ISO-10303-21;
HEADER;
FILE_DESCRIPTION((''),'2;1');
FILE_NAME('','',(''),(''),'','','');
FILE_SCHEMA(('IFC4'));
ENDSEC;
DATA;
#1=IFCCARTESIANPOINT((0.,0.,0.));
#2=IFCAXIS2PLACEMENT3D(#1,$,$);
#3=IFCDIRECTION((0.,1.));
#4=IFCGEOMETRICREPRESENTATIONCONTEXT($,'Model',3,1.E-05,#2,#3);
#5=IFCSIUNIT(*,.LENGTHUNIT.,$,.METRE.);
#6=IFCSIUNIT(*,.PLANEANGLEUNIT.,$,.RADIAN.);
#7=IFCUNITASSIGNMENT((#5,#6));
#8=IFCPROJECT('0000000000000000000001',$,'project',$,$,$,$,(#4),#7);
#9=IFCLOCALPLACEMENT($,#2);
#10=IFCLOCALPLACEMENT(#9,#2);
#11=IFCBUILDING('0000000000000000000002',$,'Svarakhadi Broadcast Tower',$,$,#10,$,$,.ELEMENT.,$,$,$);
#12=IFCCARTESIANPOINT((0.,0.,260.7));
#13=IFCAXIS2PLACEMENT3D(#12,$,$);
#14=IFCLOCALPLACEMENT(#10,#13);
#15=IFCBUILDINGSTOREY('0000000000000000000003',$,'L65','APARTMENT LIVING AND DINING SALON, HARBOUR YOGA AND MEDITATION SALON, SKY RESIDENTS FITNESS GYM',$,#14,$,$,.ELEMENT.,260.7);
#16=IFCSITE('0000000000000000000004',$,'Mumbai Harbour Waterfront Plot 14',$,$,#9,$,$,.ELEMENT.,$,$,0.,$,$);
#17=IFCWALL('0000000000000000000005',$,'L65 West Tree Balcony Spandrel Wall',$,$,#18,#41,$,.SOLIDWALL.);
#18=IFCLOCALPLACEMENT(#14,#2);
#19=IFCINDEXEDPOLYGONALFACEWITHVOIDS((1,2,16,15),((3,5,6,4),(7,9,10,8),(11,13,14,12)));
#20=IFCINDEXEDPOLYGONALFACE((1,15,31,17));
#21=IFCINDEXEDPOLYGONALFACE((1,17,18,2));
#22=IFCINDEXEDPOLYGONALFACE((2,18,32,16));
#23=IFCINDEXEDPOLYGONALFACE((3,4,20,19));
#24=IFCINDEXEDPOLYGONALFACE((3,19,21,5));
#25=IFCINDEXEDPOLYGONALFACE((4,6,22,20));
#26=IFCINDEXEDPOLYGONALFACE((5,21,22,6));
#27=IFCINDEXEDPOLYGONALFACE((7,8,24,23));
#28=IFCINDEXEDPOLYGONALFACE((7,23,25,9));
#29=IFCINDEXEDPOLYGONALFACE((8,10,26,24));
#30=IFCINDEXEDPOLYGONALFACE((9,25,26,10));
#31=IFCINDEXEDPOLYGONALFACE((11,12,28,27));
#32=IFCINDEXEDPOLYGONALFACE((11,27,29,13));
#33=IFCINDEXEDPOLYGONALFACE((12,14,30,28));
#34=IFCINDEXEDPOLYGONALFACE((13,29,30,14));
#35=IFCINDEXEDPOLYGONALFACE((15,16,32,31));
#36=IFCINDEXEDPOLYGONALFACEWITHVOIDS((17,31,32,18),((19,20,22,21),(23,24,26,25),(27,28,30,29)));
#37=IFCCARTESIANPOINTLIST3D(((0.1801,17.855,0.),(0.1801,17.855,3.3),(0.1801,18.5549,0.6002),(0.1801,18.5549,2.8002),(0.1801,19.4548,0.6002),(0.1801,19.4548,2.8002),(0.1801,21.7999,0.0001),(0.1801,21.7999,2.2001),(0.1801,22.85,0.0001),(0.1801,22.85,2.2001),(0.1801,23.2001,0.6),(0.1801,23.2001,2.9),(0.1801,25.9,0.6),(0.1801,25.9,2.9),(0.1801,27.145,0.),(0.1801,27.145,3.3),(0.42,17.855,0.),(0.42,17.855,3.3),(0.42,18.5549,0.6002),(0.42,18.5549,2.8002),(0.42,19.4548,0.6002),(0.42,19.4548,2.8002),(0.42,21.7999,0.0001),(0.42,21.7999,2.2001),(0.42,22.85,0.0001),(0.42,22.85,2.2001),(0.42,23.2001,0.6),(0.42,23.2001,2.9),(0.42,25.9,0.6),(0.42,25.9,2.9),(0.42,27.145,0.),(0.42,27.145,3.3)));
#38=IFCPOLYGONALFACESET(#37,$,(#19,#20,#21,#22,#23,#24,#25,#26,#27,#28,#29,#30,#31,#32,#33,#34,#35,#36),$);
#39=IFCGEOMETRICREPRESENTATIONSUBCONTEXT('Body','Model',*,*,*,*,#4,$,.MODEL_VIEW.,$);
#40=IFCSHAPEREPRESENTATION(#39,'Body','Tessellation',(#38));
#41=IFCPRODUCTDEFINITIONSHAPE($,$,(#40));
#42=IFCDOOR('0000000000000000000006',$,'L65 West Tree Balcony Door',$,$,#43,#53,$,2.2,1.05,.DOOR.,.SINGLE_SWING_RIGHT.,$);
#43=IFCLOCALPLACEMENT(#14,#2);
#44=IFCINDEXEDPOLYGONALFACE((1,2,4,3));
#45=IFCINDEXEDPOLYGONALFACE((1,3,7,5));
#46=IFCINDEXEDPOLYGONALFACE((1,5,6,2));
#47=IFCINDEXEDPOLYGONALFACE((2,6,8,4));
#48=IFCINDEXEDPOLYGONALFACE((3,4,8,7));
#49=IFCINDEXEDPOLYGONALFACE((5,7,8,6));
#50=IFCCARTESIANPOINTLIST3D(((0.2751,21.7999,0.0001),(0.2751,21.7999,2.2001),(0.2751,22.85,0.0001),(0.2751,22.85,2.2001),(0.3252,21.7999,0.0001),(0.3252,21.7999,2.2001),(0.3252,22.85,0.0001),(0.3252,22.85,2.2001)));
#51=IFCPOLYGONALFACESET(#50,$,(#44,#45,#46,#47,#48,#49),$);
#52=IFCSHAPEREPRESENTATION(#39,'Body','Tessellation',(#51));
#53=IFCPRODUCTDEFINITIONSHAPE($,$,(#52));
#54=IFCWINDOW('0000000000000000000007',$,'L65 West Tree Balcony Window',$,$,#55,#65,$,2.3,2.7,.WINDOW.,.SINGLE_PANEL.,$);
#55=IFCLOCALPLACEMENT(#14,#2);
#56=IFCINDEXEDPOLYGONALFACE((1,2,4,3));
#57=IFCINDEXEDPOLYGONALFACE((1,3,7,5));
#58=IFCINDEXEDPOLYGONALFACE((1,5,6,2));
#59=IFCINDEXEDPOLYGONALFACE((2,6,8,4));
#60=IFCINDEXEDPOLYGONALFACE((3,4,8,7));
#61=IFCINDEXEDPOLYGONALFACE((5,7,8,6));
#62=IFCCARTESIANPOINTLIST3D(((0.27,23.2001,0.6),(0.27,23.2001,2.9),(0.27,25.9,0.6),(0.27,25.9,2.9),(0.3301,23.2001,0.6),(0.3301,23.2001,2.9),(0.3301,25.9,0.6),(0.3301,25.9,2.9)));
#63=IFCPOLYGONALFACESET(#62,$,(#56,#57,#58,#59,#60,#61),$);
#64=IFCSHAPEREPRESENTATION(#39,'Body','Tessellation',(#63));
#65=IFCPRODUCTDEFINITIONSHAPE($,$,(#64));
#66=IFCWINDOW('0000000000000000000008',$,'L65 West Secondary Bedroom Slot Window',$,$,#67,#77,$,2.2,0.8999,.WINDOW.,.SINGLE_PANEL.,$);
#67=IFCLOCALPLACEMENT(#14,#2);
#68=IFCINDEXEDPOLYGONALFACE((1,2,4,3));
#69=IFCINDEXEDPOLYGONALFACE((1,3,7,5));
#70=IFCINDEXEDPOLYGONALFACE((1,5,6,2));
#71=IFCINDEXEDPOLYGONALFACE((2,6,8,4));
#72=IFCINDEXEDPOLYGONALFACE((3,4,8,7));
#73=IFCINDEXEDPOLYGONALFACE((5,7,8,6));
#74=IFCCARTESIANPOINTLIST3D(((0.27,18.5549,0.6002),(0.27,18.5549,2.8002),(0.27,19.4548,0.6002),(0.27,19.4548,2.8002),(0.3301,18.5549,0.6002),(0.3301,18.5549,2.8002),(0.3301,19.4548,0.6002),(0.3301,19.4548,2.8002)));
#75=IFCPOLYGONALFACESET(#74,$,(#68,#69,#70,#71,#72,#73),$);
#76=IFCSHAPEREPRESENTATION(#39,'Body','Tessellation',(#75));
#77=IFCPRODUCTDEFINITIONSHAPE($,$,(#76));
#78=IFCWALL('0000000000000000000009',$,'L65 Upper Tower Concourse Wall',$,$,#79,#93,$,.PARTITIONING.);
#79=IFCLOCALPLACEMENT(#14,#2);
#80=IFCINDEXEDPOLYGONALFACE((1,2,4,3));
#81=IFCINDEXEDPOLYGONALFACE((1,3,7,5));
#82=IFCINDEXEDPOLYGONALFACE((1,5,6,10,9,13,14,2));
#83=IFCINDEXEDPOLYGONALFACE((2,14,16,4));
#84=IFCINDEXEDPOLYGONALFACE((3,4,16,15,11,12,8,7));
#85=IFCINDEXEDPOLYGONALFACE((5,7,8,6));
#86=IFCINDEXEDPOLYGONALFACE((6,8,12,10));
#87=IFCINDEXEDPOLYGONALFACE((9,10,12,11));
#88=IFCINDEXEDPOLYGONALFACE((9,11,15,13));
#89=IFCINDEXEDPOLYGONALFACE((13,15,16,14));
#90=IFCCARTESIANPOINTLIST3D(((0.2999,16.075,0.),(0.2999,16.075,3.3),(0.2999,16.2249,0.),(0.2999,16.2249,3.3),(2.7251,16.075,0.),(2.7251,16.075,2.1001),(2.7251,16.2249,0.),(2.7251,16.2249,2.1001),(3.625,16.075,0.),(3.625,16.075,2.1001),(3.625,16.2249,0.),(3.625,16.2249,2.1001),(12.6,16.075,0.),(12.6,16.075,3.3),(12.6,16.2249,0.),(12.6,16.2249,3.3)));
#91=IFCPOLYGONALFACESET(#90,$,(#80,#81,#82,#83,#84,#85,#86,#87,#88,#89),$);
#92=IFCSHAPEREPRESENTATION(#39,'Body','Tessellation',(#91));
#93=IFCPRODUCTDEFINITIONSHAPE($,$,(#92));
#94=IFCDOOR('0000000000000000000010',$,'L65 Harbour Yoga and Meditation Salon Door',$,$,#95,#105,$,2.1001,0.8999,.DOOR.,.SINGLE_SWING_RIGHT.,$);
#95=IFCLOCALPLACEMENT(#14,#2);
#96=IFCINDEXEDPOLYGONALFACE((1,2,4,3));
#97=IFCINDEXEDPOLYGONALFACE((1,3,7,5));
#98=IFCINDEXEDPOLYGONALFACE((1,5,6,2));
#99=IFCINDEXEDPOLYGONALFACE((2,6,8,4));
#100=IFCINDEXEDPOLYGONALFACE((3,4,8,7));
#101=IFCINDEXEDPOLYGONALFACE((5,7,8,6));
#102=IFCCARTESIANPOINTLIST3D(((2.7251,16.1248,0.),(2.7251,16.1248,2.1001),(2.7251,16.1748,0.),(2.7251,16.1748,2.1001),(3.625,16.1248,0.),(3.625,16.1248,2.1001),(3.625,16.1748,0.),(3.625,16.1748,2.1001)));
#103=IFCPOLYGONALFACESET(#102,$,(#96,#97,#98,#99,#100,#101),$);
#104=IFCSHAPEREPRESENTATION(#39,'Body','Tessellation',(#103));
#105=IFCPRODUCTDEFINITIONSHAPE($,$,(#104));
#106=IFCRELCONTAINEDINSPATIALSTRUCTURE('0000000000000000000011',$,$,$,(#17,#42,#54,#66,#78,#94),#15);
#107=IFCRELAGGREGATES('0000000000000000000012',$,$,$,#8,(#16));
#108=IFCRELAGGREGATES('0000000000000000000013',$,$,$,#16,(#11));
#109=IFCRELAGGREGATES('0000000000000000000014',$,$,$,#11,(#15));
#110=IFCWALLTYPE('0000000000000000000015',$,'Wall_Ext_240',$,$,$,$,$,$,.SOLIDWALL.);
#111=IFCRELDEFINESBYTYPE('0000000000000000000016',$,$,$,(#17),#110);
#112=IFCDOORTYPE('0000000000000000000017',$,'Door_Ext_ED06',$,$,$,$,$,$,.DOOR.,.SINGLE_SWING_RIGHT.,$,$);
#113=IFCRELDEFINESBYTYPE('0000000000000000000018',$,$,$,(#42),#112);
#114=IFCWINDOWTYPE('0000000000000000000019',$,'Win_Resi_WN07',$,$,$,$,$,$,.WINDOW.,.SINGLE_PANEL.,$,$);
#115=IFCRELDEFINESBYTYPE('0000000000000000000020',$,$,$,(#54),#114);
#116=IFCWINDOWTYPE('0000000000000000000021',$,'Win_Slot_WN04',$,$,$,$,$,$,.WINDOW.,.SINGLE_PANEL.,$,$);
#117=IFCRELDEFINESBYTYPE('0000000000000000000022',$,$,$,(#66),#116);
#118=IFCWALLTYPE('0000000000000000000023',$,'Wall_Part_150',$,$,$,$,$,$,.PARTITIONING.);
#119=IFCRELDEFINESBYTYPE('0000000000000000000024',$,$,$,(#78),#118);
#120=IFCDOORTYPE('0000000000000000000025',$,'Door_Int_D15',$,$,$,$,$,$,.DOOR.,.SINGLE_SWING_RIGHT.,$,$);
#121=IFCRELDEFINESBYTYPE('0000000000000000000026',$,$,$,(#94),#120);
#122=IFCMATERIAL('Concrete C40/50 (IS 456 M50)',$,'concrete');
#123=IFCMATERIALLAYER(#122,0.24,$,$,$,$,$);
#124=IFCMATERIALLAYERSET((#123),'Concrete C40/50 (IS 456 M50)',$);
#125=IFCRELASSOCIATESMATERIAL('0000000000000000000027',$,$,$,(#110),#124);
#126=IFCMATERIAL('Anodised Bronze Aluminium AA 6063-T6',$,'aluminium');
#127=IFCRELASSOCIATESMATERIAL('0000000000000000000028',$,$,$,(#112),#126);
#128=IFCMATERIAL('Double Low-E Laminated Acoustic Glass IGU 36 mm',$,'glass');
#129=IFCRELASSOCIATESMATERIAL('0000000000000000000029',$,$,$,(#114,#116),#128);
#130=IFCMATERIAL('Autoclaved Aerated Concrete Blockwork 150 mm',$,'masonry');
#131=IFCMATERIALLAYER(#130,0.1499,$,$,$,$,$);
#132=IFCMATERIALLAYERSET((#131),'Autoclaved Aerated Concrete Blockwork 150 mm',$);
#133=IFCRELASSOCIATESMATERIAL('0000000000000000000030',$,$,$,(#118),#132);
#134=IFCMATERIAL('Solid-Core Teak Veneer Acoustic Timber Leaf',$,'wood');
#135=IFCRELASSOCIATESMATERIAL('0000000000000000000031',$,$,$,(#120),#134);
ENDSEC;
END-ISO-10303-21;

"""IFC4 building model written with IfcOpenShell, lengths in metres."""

from ifc_helpers import new_model, si_unit, direction, frame, frame_2d, origin, place, context, subcontext, project, spatial, rectangle, extrude, material, layer, layer_set, type_object, element, fill, save


model = new_model("IFC4")

# Units and contexts
model_context = context("Model", 3, precision=1e-05, world=origin(), true_north=direction((0.0, 1.0)))
body_context = subcontext(model_context, "Body", "Model", "MODEL_VIEW")
ifc_project = project(units=[si_unit("LENGTHUNIT", "METRE"), si_unit("PLANEANGLEUNIT", "RADIAN")], contexts=[model_context])

# Site, building, storey
site_placement = place(None, origin())
site = spatial("IfcSite", under=ifc_project, at=site_placement, Name="Mumbai Harbour Waterfront Plot 14", CompositionType="ELEMENT", RefElevation=0.0)
building_placement = place(site_placement, origin())
building = spatial("IfcBuilding", under=site, at=building_placement, Name="Svarakhadi Broadcast Tower", CompositionType="ELEMENT")
storey_placement = place(building_placement, frame((0.0, 0.0, 260.7)))
storey = spatial("IfcBuildingStorey", under=building, at=storey_placement, Name="L65", Description="APARTMENT LIVING AND DINING SALON, HARBOUR YOGA AND MEDITATION SALON, SKY RESIDENTS FITNESS GYM", CompositionType="ELEMENT", Elevation=260.7)

# Shared definitions
ifc_material_1 = material(Name="Anodised Bronze Aluminium AA 6063-T6", Category="aluminium")

# Shared definitions
ifc_material_2 = material(Name="Double Low-E Laminated Acoustic Glass IGU 36 mm", Category="glass")

# Wall, openings, door, windows
ifc_material_3 = material(Name="Concrete C40/50 (IS 456 M50)", Category="concrete")
ifc_layer_1 = layer(ifc_material_3, 0.24)
ifc_layer_set_1 = layer_set([ifc_layer_1], Name="Concrete C40/50 (IS 456 M50)")
wall_type_1 = type_object("IfcWallType", Name="Wall_Ext_240", PredefinedType="SOLIDWALL", material=ifc_layer_set_1)
wall_1_placement = place(storey_placement, frame((0.3, 17.855, 0.0), z_axis=(0.0, 0.0, 1.0), x_axis=(0.0, 1.0, 0.0)))
wall_1 = element("IfcWall", 1, at=wall_1_placement, inside=storey, type_object=wall_type_1, Name="L65 West Tree Balcony Spandrel Wall", PredefinedType="SOLIDWALL", context=body_context, shape_type="SweptSolid", body=[
    extrude(rectangle(XDim=9.29, YDim=0.24, at=frame_2d((4.645, 0.0))), origin(), (0.0, 0.0, 1.0), 3.3),
])
opening_1_placement = place(wall_1_placement, frame((3.9451, 0.0, 0.0)))
opening_1 = element("IfcOpeningElement", 2, at=opening_1_placement, cuts=wall_1, PredefinedType="OPENING", context=body_context, shape_type="SweptSolid", body=[
    extrude(rectangle(XDim=1.05, YDim=2.2, at=frame_2d((0.5249, 1.1001))), frame((0.0, 0.1299, 0.0), z_axis=(0.0, -1.0, 0.0), x_axis=(1.0, 0.0, 0.0)), (0.0, 0.0, 1.0), 0.26),
])
opening_2_placement = place(wall_1_placement, frame((5.345, 0.0, 0.6001)))
opening_2 = element("IfcOpeningElement", 3, at=opening_2_placement, cuts=wall_1, PredefinedType="OPENING", context=body_context, shape_type="SweptSolid", body=[
    extrude(rectangle(XDim=2.7, YDim=2.3, at=frame_2d((1.3501, 1.1499))), frame((0.0, 0.1299, 0.0), z_axis=(0.0, -1.0, 0.0), x_axis=(1.0, 0.0, 0.0)), (0.0, 0.0, 1.0), 0.26),
])
opening_3_placement = place(wall_1_placement, frame((0.7, 0.0, 0.6001)))
opening_3 = element("IfcOpeningElement", 4, at=opening_3_placement, cuts=wall_1, PredefinedType="OPENING", context=body_context, shape_type="SweptSolid", body=[
    extrude(rectangle(XDim=0.8999, YDim=2.2, at=frame_2d((0.45, 1.1001))), frame((0.0, 0.1299, 0.0), z_axis=(0.0, -1.0, 0.0), x_axis=(1.0, 0.0, 0.0)), (0.0, 0.0, 1.0), 0.26),
])
door_type_1 = type_object("IfcDoorType", Name="Door_Ext_ED06", OperationType="SINGLE_SWING_RIGHT", PredefinedType="DOOR", material=ifc_material_1)
door_1_placement = place(opening_1_placement, origin())
door_1 = element("IfcDoor", 5, at=door_1_placement, inside=storey, type_object=door_type_1, Name="L65 West Tree Balcony Door", OperationType="SINGLE_SWING_RIGHT", OverallHeight=2.2, OverallWidth=1.05, PredefinedType="DOOR", context=body_context, shape_type="SweptSolid", body=[
    extrude(rectangle(XDim=1.05, YDim=2.2, at=frame_2d((0.5249, 1.1001))), frame((0.0, 0.0249, 0.0), z_axis=(0.0, -1.0, 0.0), x_axis=(1.0, 0.0, 0.0)), (0.0, 0.0, 1.0), 0.05),
])
fill(opening_1, door_1)
window_type_1 = type_object("IfcWindowType", Name="Win_Resi_WN07", PartitioningType="SINGLE_PANEL", PredefinedType="WINDOW", material=ifc_material_2)
window_1_placement = place(opening_2_placement, origin())
window_1 = element("IfcWindow", 6, at=window_1_placement, inside=storey, type_object=window_type_1, Name="L65 West Tree Balcony Window", OverallHeight=2.3, OverallWidth=2.7, PartitioningType="SINGLE_PANEL", PredefinedType="WINDOW", context=body_context, shape_type="SweptSolid", body=[
    extrude(rectangle(XDim=2.7, YDim=2.3, at=frame_2d((1.3501, 1.1499))), frame((0.0, 0.03, 0.0), z_axis=(0.0, -1.0, 0.0), x_axis=(1.0, 0.0, 0.0)), (0.0, 0.0, 1.0), 0.0601),
])
fill(opening_2, window_1)
window_type_2 = type_object("IfcWindowType", Name="Win_Slot_WN04", PartitioningType="SINGLE_PANEL", PredefinedType="WINDOW", material=ifc_material_2)
window_2_placement = place(opening_3_placement, origin())
window_2 = element("IfcWindow", 7, at=window_2_placement, inside=storey, type_object=window_type_2, Name="L65 West Secondary Bedroom Slot Window", OverallHeight=2.2, OverallWidth=0.8999, PartitioningType="SINGLE_PANEL", PredefinedType="WINDOW", context=body_context, shape_type="SweptSolid", body=[
    extrude(rectangle(XDim=0.8999, YDim=2.2, at=frame_2d((0.45, 1.1001))), frame((0.0, 0.03, 0.0), z_axis=(0.0, -1.0, 0.0), x_axis=(1.0, 0.0, 0.0)), (0.0, 0.0, 1.0), 0.0601),
])
fill(opening_3, window_2)

# Wall, opening, door
ifc_material_4 = material(Name="Autoclaved Aerated Concrete Blockwork 150 mm", Category="masonry")
ifc_layer_2 = layer(ifc_material_4, 0.1499)
ifc_layer_set_2 = layer_set([ifc_layer_2], Name="Autoclaved Aerated Concrete Blockwork 150 mm")
wall_type_2 = type_object("IfcWallType", Name="Wall_Part_150", PredefinedType="PARTITIONING", material=ifc_layer_set_2)
wall_2_placement = place(storey_placement, frame((0.3, 16.1499, 0.0), z_axis=(0.0, 0.0, 1.0), x_axis=(1.0, 0.0, 0.0)))
wall_2 = element("IfcWall", 8, at=wall_2_placement, inside=storey, type_object=wall_type_2, Name="L65 Upper Tower Concourse Wall", PredefinedType="PARTITIONING", context=body_context, shape_type="SweptSolid", body=[
    extrude(rectangle(XDim=12.3, YDim=0.1499, at=frame_2d((6.1499, 0.0))), origin(), (0.0, 0.0, 1.0), 3.3),
])
opening_4_placement = place(wall_2_placement, frame((2.425, 0.0, 0.0)))
opening_4 = element("IfcOpeningElement", 9, at=opening_4_placement, cuts=wall_2, PredefinedType="OPENING", context=body_context, shape_type="SweptSolid", body=[
    extrude(rectangle(XDim=0.8999, YDim=2.1001, at=frame_2d((0.45, 1.05))), frame((0.0, 0.085, 0.0), z_axis=(0.0, -1.0, 0.0), x_axis=(1.0, 0.0, 0.0)), (0.0, 0.0, 1.0), 0.1699),
])
ifc_material_5 = material(Name="Solid-Core Teak Veneer Acoustic Timber Leaf", Category="wood")
door_type_2 = type_object("IfcDoorType", Name="Door_Int_D15", OperationType="SINGLE_SWING_RIGHT", PredefinedType="DOOR", material=ifc_material_5)
door_2_placement = place(opening_4_placement, origin())
door_2 = element("IfcDoor", 10, at=door_2_placement, inside=storey, type_object=door_type_2, Name="L65 Harbour Yoga and Meditation Salon Door", OperationType="SINGLE_SWING_RIGHT", OverallHeight=2.1001, OverallWidth=0.8999, PredefinedType="DOOR", context=body_context, shape_type="SweptSolid", body=[
    extrude(rectangle(XDim=0.8999, YDim=2.1001, at=frame_2d((0.45, 1.05))), frame((0.0, 0.0249, 0.0), z_axis=(0.0, -1.0, 0.0), x_axis=(1.0, 0.0, 0.0)), (0.0, 0.0, 1.0), 0.05),
])
fill(opening_4, door_2)

save(model, "model.ifc")
